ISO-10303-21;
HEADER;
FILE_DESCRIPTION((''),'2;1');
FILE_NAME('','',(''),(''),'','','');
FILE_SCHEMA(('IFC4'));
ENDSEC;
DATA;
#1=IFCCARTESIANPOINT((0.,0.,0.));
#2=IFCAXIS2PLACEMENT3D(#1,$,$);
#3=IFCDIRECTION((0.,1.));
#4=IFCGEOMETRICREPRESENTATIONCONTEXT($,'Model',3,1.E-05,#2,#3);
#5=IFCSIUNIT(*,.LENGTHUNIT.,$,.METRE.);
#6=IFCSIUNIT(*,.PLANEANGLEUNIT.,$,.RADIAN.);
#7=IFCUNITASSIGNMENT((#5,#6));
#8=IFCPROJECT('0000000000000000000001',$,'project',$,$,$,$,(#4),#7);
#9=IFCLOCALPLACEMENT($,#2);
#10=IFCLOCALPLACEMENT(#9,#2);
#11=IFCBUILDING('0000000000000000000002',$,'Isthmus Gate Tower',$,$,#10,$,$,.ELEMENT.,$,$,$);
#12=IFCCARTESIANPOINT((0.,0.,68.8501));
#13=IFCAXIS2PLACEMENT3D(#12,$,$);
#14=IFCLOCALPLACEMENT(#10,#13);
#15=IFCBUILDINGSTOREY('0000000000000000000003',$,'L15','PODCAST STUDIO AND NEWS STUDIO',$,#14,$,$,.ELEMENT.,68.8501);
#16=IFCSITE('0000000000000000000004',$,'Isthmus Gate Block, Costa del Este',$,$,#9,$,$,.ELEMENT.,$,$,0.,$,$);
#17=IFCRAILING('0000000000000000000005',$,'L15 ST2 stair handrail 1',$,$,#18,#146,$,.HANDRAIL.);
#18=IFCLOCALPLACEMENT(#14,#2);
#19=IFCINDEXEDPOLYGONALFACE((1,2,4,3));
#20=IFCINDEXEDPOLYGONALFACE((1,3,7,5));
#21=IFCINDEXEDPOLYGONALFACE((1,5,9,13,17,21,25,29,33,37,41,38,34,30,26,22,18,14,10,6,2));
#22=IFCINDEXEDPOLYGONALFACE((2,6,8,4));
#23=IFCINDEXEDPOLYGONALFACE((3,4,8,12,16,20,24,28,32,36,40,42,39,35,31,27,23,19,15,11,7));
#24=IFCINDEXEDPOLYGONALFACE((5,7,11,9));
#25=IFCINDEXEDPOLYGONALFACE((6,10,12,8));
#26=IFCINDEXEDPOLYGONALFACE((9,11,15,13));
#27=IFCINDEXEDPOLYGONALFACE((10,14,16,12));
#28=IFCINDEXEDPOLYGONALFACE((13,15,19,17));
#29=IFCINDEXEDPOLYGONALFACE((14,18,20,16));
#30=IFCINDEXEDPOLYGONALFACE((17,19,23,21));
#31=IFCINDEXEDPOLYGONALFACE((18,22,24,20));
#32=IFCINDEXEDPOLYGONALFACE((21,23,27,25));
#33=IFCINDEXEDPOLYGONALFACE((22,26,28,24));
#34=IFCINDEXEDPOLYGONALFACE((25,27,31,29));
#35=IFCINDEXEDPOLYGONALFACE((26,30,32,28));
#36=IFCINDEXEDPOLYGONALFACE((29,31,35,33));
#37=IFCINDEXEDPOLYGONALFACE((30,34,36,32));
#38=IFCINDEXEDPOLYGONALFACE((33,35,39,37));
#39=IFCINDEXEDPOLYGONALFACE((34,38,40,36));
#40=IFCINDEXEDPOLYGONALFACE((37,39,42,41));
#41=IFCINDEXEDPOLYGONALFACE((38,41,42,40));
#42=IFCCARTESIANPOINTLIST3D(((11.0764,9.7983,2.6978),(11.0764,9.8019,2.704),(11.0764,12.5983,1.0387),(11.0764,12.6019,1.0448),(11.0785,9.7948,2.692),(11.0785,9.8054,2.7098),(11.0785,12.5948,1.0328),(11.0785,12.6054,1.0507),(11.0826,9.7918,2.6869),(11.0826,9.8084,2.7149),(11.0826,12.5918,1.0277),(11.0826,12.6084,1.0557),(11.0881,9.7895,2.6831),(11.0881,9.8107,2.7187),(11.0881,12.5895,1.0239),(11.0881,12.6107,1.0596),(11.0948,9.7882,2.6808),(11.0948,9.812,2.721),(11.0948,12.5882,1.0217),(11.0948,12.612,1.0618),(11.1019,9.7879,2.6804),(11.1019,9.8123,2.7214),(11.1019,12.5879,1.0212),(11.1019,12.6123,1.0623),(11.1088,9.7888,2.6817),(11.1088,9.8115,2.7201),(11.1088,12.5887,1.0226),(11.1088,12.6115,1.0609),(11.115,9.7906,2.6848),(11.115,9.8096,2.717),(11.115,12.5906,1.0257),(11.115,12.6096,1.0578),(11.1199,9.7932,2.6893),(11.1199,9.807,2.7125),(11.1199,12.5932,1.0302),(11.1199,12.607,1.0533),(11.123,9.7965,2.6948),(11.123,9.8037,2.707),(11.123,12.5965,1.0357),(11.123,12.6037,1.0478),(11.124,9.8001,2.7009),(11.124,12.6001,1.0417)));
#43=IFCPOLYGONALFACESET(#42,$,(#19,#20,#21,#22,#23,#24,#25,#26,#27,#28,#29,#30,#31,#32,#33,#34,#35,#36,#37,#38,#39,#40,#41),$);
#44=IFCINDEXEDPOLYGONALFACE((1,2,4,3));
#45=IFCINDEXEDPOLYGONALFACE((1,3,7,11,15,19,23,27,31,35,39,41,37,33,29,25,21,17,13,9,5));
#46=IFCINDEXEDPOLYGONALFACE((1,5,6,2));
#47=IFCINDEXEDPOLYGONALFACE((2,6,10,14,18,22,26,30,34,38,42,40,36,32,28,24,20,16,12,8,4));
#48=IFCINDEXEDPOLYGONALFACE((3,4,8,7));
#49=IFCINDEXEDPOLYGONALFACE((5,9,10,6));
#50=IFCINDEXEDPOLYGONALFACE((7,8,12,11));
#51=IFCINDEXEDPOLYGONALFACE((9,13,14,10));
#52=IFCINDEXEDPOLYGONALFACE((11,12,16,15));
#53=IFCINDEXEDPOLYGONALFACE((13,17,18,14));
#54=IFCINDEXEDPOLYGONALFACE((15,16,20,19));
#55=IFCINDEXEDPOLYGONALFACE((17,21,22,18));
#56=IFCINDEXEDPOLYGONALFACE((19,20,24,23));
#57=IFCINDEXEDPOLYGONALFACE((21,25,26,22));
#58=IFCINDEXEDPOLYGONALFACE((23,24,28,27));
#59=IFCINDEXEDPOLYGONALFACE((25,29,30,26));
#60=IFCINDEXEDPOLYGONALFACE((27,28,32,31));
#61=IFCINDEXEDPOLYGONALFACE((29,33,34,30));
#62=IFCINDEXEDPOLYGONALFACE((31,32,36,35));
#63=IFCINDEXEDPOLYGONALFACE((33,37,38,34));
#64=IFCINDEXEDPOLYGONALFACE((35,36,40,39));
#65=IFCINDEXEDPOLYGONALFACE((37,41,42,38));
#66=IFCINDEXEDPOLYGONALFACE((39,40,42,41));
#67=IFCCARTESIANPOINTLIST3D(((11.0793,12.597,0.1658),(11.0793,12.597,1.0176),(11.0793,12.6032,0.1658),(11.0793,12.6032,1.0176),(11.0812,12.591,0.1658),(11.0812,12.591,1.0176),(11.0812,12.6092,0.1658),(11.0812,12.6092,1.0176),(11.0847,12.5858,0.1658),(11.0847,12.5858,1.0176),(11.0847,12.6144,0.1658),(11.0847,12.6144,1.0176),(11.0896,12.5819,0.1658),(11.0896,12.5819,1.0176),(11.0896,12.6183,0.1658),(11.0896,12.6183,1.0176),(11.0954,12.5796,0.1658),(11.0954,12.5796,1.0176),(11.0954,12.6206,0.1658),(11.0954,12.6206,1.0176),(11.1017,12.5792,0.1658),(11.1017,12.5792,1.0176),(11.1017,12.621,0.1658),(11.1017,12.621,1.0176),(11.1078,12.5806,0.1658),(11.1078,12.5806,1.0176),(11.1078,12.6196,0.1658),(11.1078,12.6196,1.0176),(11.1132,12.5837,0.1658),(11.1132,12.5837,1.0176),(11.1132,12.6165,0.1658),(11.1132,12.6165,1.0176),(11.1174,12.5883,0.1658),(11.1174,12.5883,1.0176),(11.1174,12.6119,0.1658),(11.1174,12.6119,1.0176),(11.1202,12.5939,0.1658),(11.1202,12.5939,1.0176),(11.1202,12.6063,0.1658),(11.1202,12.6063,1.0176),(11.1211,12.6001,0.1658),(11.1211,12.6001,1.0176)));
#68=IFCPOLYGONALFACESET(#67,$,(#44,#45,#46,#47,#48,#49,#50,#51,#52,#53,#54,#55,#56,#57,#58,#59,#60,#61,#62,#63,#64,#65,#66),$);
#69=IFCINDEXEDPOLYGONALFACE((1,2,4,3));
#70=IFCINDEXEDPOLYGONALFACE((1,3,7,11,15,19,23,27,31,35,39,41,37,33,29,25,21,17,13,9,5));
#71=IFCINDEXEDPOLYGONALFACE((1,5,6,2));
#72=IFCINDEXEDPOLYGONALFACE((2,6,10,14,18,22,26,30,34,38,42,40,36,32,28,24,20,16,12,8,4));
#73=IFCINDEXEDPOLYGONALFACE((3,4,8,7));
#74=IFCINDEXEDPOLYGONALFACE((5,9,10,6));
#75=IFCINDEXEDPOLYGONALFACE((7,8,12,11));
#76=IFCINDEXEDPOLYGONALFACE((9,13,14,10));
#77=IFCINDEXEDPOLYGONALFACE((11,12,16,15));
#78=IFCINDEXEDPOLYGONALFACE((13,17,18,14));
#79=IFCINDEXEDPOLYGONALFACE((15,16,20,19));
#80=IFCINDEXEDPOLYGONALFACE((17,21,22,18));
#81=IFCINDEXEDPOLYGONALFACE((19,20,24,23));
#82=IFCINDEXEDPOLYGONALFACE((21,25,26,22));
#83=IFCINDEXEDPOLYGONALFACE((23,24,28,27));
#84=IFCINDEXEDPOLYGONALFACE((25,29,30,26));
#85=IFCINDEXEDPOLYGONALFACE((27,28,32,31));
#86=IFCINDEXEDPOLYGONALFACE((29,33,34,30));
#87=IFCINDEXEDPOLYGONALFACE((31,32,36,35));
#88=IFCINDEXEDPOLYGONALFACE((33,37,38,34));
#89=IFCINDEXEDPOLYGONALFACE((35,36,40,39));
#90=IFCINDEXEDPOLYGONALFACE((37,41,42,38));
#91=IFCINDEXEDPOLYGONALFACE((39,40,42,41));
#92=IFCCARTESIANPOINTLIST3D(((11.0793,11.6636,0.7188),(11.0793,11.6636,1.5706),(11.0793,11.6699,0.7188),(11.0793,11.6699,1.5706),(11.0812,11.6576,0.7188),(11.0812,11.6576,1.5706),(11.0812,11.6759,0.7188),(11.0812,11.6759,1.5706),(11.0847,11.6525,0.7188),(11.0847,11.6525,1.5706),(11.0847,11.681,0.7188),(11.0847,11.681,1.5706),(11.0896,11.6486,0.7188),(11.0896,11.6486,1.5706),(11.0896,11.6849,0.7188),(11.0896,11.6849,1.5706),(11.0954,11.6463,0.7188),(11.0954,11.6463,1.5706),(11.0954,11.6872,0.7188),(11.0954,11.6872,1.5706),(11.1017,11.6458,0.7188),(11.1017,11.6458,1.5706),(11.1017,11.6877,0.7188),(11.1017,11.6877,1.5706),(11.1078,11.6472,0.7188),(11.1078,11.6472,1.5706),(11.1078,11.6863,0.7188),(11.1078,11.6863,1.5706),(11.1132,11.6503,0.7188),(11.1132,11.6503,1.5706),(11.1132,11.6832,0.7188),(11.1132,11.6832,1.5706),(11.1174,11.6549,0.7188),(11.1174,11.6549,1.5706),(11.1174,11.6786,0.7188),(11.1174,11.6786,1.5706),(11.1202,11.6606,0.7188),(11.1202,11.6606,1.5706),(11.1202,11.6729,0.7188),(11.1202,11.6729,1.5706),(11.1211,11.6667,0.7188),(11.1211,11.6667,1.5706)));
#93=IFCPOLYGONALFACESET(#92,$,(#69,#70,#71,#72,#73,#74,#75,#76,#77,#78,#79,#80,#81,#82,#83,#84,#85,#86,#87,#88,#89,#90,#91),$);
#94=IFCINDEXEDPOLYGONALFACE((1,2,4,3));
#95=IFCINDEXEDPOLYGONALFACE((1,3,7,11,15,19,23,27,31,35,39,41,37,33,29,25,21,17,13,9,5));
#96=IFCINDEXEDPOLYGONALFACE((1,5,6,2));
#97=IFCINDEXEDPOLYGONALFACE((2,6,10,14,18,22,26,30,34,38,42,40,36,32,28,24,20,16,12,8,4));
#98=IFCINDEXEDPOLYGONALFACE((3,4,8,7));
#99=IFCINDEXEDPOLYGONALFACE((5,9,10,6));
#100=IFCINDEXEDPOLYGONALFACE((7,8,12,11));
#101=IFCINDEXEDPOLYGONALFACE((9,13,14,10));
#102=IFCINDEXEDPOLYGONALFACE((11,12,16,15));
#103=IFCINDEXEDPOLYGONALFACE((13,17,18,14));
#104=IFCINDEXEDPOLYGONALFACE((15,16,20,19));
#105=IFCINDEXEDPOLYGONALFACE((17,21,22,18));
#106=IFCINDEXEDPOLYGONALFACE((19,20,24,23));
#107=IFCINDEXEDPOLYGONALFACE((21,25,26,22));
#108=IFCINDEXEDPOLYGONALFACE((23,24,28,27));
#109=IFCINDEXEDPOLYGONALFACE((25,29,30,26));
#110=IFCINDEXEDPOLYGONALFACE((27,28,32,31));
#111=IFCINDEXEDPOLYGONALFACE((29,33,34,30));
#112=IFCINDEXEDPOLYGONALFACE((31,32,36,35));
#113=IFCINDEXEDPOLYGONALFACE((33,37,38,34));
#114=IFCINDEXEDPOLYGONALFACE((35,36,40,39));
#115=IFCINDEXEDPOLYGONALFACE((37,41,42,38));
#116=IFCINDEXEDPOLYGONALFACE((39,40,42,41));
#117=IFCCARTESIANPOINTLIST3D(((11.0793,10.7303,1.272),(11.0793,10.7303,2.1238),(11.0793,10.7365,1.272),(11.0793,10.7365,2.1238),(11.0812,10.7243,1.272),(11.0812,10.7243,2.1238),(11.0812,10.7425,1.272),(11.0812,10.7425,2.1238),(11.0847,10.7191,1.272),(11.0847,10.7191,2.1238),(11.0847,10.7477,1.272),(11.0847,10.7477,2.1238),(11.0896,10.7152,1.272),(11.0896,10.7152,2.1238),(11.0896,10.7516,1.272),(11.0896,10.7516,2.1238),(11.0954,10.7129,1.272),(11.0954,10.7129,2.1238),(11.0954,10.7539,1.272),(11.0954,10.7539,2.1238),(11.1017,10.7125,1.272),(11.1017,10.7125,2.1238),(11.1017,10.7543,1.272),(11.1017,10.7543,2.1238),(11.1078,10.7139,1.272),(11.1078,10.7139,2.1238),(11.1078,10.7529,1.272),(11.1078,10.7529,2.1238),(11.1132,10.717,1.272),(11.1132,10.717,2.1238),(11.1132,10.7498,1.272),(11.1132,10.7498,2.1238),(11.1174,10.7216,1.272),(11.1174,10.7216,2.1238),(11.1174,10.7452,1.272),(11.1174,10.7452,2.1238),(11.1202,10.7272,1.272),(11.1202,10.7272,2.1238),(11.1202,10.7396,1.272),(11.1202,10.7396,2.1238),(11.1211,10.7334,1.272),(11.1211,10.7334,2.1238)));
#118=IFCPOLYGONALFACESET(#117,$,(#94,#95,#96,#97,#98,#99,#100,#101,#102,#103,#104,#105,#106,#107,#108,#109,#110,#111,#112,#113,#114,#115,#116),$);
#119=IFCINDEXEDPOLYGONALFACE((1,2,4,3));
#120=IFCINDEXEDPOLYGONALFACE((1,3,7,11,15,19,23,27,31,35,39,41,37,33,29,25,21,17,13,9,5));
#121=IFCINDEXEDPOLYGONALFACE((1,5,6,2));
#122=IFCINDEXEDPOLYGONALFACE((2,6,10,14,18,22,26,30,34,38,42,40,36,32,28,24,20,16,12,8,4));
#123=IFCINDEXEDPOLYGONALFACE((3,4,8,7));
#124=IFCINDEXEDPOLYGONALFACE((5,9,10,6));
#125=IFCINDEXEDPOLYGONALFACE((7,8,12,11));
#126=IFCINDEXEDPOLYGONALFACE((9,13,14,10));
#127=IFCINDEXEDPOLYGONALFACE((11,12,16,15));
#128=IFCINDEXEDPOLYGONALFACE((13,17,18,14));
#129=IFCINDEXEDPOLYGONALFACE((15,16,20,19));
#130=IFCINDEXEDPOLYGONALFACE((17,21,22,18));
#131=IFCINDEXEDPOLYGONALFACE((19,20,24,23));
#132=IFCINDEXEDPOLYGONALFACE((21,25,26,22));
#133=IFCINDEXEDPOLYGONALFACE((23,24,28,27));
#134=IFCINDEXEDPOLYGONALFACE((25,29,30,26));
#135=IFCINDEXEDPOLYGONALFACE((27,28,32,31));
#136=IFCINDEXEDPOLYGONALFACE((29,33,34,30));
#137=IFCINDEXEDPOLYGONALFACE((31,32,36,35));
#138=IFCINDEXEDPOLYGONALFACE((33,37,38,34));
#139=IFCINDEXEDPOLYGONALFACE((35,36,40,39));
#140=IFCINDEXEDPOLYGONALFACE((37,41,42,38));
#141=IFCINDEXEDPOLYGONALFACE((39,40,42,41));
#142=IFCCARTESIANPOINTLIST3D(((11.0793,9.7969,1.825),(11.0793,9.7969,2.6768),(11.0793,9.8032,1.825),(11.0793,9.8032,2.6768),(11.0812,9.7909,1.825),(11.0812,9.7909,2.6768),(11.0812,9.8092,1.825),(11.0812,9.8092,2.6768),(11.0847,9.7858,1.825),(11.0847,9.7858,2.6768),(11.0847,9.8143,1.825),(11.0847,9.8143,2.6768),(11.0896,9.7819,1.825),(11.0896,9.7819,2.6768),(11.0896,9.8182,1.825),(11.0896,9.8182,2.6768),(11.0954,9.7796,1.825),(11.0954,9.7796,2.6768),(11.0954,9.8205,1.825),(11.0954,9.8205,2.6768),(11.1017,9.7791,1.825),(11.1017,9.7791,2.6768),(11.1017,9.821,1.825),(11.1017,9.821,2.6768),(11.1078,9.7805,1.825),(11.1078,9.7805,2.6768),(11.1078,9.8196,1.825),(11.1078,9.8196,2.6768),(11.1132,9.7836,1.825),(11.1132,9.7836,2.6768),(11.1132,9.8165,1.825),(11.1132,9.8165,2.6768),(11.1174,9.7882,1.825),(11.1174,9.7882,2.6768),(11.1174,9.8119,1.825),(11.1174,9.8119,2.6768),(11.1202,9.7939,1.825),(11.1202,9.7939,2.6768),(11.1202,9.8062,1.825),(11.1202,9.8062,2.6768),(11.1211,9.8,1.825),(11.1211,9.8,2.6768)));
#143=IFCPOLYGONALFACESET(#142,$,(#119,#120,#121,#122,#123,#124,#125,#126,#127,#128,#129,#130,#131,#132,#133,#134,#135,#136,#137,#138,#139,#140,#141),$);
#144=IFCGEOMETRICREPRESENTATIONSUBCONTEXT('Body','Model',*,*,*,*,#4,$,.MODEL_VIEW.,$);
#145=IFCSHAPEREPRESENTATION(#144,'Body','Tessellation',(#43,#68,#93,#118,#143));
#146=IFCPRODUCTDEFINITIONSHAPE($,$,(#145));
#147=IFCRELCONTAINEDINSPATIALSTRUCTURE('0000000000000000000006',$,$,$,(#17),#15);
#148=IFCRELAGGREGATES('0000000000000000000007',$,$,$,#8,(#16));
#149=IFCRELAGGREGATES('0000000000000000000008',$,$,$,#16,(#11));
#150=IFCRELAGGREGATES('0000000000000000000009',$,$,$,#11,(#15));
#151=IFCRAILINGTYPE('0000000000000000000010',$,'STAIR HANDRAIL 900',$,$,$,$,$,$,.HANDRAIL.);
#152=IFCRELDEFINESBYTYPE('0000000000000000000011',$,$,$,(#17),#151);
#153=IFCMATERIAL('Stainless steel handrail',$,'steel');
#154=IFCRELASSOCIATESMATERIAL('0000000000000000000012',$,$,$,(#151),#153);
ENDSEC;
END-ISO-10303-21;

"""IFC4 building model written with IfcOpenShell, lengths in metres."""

from ifc_helpers import new_model, si_unit, direction, frame, origin, origin_2d, place, context, subcontext, project, spatial, circle, extrude, material, type_object, element, save


model = new_model("IFC4")

# Units and contexts
model_context = context("Model", 3, precision=1e-05, world=origin(), true_north=direction((0.0, 1.0)))
body_context = subcontext(model_context, "Body", "Model", "MODEL_VIEW")
ifc_project = project(units=[si_unit("LENGTHUNIT", "METRE"), si_unit("PLANEANGLEUNIT", "RADIAN")], contexts=[model_context])

# Site, building, storey
site_placement = place(None, origin())
site = spatial("IfcSite", under=ifc_project, at=site_placement, Name="Isthmus Gate Block, Costa del Este", CompositionType="ELEMENT", RefElevation=0.0)
building_placement = place(site_placement, origin())
building = spatial("IfcBuilding", under=site, at=building_placement, Name="Isthmus Gate Tower", CompositionType="ELEMENT")
storey_placement = place(building_placement, frame((0.0, 0.0, 68.8501)))
storey = spatial("IfcBuildingStorey", under=building, at=storey_placement, Name="L15", Description="PODCAST STUDIO AND NEWS STUDIO", CompositionType="ELEMENT", Elevation=68.8501)

# Railing
ifc_material_1 = material(Name="Stainless steel handrail", Category="steel")
railing_type_1 = type_object("IfcRailingType", Name="STAIR HANDRAIL 900", PredefinedType="HANDRAIL", material=ifc_material_1)
railing_1_placement = place(storey_placement, frame((11.1001, 12.6001, 0.1658)))
element("IfcRailing", 1, at=railing_1_placement, inside=storey, type_object=railing_type_1, Name="L15 ST2 stair handrail 1", PredefinedType="HANDRAIL", context=body_context, shape_type="SweptSolid", body=[
    extrude(circle(Radius=0.0239, at=origin_2d()), frame((0.0, 0.0, 0.876), z_axis=(0.0, -0.860306, 0.509778), x_axis=(1.0, 0.0, 0.0)), (0.0, 0.0, 1.0), 3.2546),
    extrude(circle(Radius=0.021, at=origin_2d()), origin(), (0.0, 0.0, 1.0), 0.8518),
    extrude(circle(Radius=0.021, at=origin_2d()), frame((0.0, -0.9333, 0.553)), (0.0, 0.0, 1.0), 0.8518),
    extrude(circle(Radius=0.021, at=origin_2d()), frame((0.0, -1.8667, 1.1062)), (0.0, 0.0, 1.0), 0.8518),
    extrude(circle(Radius=0.021, at=origin_2d()), frame((0.0, -2.8, 1.6592)), (0.0, 0.0, 1.0), 0.8518),
])

save(model, "model.ifc")
